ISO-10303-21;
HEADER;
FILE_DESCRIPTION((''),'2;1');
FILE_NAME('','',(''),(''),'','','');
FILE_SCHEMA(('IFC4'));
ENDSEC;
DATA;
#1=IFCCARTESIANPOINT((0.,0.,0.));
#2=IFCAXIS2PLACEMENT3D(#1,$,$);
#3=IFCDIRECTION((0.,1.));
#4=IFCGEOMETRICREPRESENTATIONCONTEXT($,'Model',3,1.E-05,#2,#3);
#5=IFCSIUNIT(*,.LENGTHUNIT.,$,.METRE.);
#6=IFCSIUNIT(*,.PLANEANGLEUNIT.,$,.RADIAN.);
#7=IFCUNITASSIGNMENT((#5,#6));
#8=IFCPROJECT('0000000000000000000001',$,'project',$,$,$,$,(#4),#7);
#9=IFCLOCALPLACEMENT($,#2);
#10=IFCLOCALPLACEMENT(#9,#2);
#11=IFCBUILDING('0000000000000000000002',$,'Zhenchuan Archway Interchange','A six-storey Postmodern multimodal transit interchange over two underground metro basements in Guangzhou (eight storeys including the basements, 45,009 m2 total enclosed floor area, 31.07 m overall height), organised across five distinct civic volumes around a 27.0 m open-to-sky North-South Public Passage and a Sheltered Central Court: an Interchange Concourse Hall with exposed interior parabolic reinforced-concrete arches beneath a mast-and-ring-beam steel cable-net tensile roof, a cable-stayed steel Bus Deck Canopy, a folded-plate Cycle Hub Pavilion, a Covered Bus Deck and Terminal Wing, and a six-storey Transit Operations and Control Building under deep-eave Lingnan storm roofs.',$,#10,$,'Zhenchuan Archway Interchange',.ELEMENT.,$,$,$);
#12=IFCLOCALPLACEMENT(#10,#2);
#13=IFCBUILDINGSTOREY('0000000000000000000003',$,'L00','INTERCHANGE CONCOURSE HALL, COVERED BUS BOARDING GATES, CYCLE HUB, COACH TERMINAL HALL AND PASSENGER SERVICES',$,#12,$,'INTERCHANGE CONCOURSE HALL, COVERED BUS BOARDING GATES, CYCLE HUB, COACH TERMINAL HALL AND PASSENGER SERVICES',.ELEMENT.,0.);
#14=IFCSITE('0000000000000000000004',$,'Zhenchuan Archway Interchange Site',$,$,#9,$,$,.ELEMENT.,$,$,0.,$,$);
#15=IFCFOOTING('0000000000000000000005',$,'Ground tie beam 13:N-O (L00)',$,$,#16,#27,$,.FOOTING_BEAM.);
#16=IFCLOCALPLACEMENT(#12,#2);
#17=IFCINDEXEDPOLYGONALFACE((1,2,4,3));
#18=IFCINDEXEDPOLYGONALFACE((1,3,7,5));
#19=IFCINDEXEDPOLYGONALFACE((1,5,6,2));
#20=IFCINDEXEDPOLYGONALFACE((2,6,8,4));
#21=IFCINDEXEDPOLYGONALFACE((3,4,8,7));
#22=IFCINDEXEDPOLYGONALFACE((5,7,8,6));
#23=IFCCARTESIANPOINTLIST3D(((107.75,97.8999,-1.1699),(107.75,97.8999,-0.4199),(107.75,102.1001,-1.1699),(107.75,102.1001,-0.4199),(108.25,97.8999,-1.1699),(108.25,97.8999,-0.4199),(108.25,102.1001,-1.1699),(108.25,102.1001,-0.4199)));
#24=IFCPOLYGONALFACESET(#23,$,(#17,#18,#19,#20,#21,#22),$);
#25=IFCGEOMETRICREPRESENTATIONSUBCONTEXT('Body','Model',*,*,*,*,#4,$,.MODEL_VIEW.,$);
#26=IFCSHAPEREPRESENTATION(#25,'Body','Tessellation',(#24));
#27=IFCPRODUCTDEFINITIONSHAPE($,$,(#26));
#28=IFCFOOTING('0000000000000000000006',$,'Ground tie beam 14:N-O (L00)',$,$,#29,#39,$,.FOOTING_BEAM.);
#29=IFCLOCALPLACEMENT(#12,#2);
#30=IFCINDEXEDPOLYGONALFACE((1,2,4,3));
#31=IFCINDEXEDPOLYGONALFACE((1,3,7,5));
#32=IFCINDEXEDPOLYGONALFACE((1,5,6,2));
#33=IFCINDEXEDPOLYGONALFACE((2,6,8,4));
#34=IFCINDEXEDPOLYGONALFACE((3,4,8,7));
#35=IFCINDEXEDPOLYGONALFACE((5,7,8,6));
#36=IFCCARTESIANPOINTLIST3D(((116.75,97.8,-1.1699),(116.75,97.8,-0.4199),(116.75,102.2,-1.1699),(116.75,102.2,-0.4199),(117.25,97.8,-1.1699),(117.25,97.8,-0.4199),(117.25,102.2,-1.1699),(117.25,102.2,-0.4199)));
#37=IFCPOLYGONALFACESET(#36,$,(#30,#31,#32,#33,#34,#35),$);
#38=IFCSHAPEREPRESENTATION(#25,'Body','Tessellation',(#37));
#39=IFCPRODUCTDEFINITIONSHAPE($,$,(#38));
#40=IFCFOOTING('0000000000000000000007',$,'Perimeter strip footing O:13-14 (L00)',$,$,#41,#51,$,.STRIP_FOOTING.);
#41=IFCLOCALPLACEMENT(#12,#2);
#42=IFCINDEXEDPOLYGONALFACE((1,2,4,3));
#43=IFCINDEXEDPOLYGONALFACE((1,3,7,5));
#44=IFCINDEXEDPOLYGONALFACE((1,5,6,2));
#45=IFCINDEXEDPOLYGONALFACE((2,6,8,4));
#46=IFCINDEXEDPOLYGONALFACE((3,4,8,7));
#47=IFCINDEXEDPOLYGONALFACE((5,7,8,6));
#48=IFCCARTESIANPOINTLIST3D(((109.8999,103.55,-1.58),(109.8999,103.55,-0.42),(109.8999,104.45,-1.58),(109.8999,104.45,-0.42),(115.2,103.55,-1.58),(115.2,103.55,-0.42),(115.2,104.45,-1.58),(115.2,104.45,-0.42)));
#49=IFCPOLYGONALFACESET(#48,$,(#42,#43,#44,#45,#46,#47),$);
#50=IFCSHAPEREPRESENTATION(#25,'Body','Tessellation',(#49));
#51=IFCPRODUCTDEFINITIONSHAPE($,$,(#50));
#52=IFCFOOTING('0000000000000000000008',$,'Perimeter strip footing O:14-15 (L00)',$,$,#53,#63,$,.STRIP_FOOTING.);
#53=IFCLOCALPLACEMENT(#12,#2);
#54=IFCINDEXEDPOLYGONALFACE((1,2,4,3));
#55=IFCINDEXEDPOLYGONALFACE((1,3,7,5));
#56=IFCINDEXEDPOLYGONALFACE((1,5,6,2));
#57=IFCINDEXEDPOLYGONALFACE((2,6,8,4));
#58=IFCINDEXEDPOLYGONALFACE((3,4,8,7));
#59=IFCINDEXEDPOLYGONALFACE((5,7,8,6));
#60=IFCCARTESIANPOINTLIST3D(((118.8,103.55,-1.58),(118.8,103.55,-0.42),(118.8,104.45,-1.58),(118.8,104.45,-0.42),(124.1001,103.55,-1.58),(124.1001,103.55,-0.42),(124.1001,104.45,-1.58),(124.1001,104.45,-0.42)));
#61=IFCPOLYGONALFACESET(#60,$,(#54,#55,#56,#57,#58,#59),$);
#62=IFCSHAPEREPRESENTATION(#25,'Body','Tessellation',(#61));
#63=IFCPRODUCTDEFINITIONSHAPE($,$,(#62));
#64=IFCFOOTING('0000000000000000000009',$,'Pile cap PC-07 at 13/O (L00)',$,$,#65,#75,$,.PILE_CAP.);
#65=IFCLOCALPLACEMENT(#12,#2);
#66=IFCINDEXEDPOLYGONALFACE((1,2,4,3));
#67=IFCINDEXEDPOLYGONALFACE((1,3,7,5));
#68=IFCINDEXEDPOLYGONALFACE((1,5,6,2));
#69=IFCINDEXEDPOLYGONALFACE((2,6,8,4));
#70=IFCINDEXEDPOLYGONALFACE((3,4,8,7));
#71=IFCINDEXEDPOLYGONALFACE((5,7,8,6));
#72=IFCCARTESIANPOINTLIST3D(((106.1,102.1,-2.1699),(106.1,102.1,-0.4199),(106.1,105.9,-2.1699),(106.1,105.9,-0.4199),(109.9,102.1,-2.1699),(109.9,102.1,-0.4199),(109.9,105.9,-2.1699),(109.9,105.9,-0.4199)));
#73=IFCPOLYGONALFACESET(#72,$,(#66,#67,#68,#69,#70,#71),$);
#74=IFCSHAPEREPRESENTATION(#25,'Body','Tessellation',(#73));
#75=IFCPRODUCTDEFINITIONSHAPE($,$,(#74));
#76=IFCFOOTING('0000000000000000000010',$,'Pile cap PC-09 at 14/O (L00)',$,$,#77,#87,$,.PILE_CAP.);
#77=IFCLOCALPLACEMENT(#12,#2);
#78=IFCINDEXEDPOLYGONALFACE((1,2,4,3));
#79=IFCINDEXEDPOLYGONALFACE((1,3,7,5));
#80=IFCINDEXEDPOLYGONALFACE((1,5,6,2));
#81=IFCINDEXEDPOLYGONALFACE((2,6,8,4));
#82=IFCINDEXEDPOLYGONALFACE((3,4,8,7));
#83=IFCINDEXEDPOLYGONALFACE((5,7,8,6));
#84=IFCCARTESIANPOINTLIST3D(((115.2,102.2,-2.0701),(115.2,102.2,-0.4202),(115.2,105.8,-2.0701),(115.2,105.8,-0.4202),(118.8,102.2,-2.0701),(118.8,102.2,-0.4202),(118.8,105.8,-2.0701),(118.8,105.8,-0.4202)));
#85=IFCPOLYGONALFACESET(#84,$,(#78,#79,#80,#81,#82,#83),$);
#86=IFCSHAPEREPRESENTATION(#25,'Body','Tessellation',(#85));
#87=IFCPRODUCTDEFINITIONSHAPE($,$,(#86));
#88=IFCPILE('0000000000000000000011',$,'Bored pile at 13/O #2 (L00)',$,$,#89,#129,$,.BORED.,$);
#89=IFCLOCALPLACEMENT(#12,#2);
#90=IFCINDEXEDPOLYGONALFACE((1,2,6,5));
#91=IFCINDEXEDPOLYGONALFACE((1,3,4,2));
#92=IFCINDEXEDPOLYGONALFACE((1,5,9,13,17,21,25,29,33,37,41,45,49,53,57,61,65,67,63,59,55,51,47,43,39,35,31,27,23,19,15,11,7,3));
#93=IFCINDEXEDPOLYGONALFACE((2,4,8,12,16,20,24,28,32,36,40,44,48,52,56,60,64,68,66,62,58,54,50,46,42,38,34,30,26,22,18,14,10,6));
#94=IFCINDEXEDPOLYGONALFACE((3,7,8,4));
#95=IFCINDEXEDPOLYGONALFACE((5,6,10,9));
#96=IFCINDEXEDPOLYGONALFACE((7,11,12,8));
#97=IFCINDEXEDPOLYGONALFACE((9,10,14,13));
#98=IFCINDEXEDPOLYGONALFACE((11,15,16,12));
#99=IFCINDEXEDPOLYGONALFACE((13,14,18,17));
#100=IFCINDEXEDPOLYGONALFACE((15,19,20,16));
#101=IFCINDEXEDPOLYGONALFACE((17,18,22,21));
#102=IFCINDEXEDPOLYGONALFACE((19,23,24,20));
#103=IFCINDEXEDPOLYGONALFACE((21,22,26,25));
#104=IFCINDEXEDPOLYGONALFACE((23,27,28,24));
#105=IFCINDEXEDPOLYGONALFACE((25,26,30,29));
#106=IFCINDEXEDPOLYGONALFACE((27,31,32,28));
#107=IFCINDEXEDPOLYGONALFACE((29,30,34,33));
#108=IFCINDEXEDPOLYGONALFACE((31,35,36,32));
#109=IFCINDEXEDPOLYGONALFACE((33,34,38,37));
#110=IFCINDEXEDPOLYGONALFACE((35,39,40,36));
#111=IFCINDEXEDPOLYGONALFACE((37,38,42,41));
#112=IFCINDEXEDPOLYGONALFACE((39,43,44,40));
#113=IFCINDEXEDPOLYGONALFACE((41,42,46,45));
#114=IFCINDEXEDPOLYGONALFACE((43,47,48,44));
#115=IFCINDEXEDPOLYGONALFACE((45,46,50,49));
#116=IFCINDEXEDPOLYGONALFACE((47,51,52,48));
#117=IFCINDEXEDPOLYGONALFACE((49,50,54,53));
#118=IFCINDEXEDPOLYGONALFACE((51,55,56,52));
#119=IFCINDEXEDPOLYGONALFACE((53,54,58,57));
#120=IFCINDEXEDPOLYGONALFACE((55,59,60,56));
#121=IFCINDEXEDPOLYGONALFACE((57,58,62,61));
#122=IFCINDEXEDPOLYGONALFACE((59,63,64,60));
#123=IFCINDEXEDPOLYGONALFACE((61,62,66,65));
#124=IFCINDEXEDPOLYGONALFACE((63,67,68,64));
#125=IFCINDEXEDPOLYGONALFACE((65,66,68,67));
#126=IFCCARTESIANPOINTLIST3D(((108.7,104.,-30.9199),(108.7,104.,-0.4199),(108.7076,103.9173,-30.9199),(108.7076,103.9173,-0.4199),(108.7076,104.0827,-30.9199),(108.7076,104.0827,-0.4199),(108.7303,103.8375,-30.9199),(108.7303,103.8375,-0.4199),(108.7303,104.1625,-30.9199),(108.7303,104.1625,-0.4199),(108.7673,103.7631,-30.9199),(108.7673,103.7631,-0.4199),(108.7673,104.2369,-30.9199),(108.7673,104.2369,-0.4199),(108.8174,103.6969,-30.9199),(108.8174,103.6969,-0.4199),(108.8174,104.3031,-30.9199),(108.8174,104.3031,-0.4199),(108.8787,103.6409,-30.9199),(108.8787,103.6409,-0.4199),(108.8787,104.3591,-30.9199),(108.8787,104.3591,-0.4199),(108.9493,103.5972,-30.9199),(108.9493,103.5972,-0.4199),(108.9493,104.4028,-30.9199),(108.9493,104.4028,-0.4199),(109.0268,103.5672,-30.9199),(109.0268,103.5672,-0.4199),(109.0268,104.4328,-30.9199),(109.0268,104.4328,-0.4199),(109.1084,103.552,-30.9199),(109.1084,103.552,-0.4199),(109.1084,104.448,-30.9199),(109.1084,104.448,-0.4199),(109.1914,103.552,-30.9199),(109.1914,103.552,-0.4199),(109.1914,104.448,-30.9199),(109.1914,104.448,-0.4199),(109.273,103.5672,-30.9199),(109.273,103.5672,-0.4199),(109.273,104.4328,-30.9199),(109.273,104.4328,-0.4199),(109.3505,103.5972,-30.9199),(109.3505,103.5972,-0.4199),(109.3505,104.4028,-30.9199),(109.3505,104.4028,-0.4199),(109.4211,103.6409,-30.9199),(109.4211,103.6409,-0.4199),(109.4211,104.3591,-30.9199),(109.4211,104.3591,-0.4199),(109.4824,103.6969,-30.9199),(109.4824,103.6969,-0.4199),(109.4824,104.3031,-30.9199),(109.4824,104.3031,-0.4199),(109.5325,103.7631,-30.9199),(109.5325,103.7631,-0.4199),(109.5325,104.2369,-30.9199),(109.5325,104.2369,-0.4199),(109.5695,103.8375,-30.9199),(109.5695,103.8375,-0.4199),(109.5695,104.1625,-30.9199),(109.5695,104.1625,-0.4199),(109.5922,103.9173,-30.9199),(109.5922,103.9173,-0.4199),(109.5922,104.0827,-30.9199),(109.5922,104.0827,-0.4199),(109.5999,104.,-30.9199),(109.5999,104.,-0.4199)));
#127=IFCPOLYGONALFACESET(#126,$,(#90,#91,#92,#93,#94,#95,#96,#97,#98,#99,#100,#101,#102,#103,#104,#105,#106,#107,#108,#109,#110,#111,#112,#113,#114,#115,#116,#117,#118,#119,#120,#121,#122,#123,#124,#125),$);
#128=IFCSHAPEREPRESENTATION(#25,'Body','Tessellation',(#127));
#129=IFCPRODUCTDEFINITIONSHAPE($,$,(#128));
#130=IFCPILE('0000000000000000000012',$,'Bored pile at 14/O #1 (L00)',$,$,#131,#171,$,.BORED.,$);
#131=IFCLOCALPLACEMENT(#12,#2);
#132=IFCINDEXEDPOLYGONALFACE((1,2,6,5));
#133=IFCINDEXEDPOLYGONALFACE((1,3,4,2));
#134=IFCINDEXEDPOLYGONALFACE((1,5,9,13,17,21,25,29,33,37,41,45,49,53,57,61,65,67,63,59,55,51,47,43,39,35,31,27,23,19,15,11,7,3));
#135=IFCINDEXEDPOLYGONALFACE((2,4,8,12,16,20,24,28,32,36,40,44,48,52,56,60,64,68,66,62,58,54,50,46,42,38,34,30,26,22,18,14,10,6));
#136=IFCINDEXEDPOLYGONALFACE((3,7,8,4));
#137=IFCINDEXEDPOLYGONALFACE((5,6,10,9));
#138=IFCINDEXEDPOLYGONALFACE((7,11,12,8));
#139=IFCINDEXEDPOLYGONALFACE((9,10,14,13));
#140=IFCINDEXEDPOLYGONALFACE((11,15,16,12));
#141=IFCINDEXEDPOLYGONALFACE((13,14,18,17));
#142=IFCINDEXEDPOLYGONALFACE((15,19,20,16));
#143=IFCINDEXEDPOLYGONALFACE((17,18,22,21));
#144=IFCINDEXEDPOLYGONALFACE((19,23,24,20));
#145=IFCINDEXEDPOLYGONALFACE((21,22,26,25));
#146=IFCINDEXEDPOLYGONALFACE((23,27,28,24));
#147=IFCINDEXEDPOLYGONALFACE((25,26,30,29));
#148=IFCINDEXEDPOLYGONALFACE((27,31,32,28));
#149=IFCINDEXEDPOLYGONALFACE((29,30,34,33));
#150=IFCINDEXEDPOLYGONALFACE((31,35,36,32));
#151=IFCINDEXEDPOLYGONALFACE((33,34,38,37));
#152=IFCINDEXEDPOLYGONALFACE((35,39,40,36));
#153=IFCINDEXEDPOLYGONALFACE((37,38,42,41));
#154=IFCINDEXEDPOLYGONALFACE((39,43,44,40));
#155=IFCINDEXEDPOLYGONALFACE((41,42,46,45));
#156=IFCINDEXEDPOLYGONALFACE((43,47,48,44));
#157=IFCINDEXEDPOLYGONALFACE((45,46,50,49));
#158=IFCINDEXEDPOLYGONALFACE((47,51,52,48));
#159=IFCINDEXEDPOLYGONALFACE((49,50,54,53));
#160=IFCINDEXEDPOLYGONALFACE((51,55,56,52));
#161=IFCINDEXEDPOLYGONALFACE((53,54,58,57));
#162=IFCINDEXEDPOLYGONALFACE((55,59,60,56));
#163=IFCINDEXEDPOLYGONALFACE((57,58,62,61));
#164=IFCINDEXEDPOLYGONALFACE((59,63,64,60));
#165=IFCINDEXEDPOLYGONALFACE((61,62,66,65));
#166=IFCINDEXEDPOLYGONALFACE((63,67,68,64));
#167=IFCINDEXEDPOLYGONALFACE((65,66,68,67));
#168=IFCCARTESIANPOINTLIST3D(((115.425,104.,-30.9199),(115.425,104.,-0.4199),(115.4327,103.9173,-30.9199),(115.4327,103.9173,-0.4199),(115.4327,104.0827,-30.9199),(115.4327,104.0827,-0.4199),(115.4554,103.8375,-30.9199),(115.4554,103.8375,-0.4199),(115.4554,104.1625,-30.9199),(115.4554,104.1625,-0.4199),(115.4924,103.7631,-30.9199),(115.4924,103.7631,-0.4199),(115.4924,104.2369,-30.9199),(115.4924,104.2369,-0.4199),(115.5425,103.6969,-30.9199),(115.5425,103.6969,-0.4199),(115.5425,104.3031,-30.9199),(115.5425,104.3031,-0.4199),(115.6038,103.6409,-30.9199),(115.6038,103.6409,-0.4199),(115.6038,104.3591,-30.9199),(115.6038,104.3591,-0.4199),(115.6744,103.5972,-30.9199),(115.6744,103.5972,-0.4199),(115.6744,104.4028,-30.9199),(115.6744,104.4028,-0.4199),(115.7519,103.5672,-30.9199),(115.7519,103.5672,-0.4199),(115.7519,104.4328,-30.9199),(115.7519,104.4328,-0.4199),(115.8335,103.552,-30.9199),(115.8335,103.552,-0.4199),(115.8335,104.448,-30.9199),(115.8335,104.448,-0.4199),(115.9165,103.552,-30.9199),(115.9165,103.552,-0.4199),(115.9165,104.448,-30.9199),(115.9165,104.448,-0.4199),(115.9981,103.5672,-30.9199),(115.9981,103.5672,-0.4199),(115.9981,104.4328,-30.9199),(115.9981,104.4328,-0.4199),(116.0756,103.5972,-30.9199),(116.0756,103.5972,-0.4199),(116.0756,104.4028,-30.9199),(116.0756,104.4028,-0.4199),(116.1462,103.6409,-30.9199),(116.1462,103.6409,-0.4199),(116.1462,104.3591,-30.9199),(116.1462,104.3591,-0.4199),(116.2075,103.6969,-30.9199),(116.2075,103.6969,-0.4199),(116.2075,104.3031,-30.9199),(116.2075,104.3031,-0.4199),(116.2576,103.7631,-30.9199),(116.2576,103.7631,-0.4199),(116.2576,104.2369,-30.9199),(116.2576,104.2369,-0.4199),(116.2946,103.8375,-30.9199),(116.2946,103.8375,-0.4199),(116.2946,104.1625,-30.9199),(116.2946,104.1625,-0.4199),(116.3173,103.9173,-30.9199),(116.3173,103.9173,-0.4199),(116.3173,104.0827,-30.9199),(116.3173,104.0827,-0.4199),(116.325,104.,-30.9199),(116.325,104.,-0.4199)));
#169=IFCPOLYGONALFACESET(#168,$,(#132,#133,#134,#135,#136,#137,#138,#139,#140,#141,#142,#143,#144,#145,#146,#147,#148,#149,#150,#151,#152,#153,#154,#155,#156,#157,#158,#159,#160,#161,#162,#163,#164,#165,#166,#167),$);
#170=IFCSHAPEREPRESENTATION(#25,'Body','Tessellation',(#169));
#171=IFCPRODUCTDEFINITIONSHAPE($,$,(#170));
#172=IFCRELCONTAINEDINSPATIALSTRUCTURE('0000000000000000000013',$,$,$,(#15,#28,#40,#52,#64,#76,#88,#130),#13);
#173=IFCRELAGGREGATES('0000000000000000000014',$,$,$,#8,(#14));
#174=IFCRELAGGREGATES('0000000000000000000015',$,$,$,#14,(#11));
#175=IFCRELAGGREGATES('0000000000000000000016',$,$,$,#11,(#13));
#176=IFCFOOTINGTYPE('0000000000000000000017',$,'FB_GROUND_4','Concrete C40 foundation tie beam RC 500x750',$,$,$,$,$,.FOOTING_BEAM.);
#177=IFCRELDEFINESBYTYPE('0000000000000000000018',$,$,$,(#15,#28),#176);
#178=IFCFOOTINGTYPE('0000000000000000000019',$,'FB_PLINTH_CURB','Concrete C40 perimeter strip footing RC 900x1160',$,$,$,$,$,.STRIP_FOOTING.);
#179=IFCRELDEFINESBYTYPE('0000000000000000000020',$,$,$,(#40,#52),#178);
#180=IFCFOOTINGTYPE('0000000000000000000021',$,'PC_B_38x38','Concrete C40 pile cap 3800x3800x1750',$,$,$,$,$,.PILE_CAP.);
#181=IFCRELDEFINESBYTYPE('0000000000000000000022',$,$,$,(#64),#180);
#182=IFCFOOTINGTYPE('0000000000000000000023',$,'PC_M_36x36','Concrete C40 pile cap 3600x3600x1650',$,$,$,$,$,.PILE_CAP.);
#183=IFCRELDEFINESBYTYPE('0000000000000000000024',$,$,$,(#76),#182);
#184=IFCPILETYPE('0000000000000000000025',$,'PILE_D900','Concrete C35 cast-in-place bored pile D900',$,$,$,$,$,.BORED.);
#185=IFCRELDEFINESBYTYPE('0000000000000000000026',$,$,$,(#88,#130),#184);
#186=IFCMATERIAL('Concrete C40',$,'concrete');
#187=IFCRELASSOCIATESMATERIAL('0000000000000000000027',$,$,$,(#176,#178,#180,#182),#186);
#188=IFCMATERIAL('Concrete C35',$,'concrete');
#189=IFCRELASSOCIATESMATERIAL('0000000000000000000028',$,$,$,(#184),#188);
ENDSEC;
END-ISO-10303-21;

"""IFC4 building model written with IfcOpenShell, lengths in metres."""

from ifc_helpers import new_model, si_unit, direction, frame, origin, origin_2d, place, context, subcontext, project, spatial, rectangle, circle, extrude, material, material_profile, profile_set, type_object, element, save


model = new_model("IFC4")

# Units and contexts
model_context = context("Model", 3, precision=1e-05, world=origin(), true_north=direction((0.0, 1.0)))
body_context = subcontext(model_context, "Body", "Model", "MODEL_VIEW")
ifc_project = project(units=[si_unit("LENGTHUNIT", "METRE"), si_unit("PLANEANGLEUNIT", "RADIAN")], contexts=[model_context])

# Site, building, storey
site_placement = place(None, origin())
site = spatial("IfcSite", under=ifc_project, at=site_placement, Name="Zhenchuan Archway Interchange Site", CompositionType="ELEMENT", RefElevation=0.0)
building_placement = place(site_placement, origin())
building = spatial("IfcBuilding", under=site, at=building_placement, Name="Zhenchuan Archway Interchange", Description="A six-storey Postmodern multimodal transit interchange over two underground metro basements in Guangzhou (eight storeys including the basements, 45,009 m2 total enclosed floor area, 31.07 m overall height), organised across five distinct civic volumes around a 27.0 m open-to-sky North-South Public Passage and a Sheltered Central Court: an Interchange Concourse Hall with exposed interior parabolic reinforced-concrete arches beneath a mast-and-ring-beam steel cable-net tensile roof, a cable-stayed steel Bus Deck Canopy, a folded-plate Cycle Hub Pavilion, a Covered Bus Deck and Terminal Wing, and a six-storey Transit Operations and Control Building under deep-eave Lingnan storm roofs.", LongName="Zhenchuan Archway Interchange", CompositionType="ELEMENT")
storey_placement = place(building_placement, origin())
storey = spatial("IfcBuildingStorey", under=building, at=storey_placement, Name="L00", Description="INTERCHANGE CONCOURSE HALL, COVERED BUS BOARDING GATES, CYCLE HUB, COACH TERMINAL HALL AND PASSENGER SERVICES", LongName="INTERCHANGE CONCOURSE HALL, COVERED BUS BOARDING GATES, CYCLE HUB, COACH TERMINAL HALL AND PASSENGER SERVICES", CompositionType="ELEMENT", Elevation=0.0)

# Footings
ifc_material_1 = material(Name="Concrete C40", Category="concrete")
ifc_material_profile_1 = material_profile(ifc_material_1, rectangle(XDim=0.5, YDim=0.75, at=origin_2d()), Name="RC 500x750")
ifc_profile_set_1 = profile_set([ifc_material_profile_1], Name="Concrete C40")
footing_type_1 = type_object("IfcFootingType", Name="FB_GROUND_4", Description="Concrete C40 foundation tie beam RC 500x750", PredefinedType="FOOTING_BEAM", material=ifc_profile_set_1)
footing_1_placement = place(storey_placement, frame((108.0, 97.8999, -0.7949), z_axis=(0.0, 1.0, 0.0), x_axis=(-1.0, 0.0, 0.0)))
element("IfcFooting", 1, at=footing_1_placement, inside=storey, type_object=footing_type_1, Name="Ground tie beam 13:N-O (L00)", PredefinedType="FOOTING_BEAM", context=body_context, shape_type="SweptSolid", body=[
    extrude(rectangle(XDim=0.5, YDim=0.75, at=origin_2d()), origin(), (0.0, 0.0, 1.0), 4.2002),
])
footing_2_placement = place(storey_placement, frame((117.0, 97.8, -0.7949), z_axis=(0.0, 1.0, 0.0), x_axis=(-1.0, 0.0, 0.0)))
element("IfcFooting", 2, at=footing_2_placement, inside=storey, type_object=footing_type_1, Name="Ground tie beam 14:N-O (L00)", PredefinedType="FOOTING_BEAM", context=body_context, shape_type="SweptSolid", body=[
    extrude(rectangle(XDim=0.5, YDim=0.75, at=origin_2d()), origin(), (0.0, 0.0, 1.0), 4.3999),
])
ifc_material_profile_2 = material_profile(ifc_material_1, rectangle(XDim=0.8999, YDim=1.1599, at=origin_2d()), Name="RC 900x1160")
ifc_profile_set_2 = profile_set([ifc_material_profile_2], Name="Concrete C40")
footing_type_2 = type_object("IfcFootingType", Name="FB_PLINTH_CURB", Description="Concrete C40 perimeter strip footing RC 900x1160", PredefinedType="STRIP_FOOTING", material=ifc_profile_set_2)
for number, where, z_axis, x_axis, name in (
    (3, (109.8999, 104.0, -1.0), (1.0, 0.0, 0.0), (0.0, 1.0, 0.0), "Perimeter strip footing O:13-14 (L00)"),
    (4, (118.8, 104.0, -1.0), (1.0, 0.0, 0.0), (0.0, 1.0, 0.0), "Perimeter strip footing O:14-15 (L00)"),
):
    element("IfcFooting", number, at=place(storey_placement, frame(where, z_axis=z_axis, x_axis=x_axis)), inside=storey, type_object=footing_type_2, Name=name, PredefinedType="STRIP_FOOTING", context=body_context, shape_type="SweptSolid", body=[
        extrude(rectangle(XDim=0.8999, YDim=1.1599, at=origin_2d()), origin(), (0.0, 0.0, 1.0), 5.3),
    ])
footing_type_3 = type_object("IfcFootingType", Name="PC_B_38x38", Description="Concrete C40 pile cap 3800x3800x1750", PredefinedType="PILE_CAP", material=ifc_material_1)
footing_3_placement = place(storey_placement, frame((108.0, 104.0, -2.1699), z_axis=(0.0, 0.0, 1.0), x_axis=(1.0, 0.0, 0.0)))
element("IfcFooting", 5, at=footing_3_placement, inside=storey, type_object=footing_type_3, Name="Pile cap PC-07 at 13/O (L00)", PredefinedType="PILE_CAP", context=body_context, shape_type="SweptSolid", body=[
    extrude(rectangle(XDim=3.8, YDim=3.8, at=origin_2d()), origin(), (0.0, 0.0, 1.0), 1.75),
])
footing_type_4 = type_object("IfcFootingType", Name="PC_M_36x36", Description="Concrete C40 pile cap 3600x3600x1650", PredefinedType="PILE_CAP", material=ifc_material_1)
footing_4_placement = place(storey_placement, frame((117.0, 104.0, -2.0701), z_axis=(0.0, 0.0, 1.0), x_axis=(1.0, 0.0, 0.0)))
element("IfcFooting", 6, at=footing_4_placement, inside=storey, type_object=footing_type_4, Name="Pile cap PC-09 at 14/O (L00)", PredefinedType="PILE_CAP", context=body_context, shape_type="SweptSolid", body=[
    extrude(rectangle(XDim=3.6001, YDim=3.6001, at=origin_2d()), origin(), (0.0, 0.0, 1.0), 1.6499),
])

# Piles
ifc_material_2 = material(Name="Concrete C35", Category="concrete")
ifc_material_profile_3 = material_profile(ifc_material_2, circle(Radius=0.45, at=origin_2d()), Name="BORED PILE 900")
ifc_profile_set_3 = profile_set([ifc_material_profile_3], Name="Concrete C35")
pile_type = type_object("IfcPileType", Name="PILE_D900", Description="Concrete C35 cast-in-place bored pile D900", PredefinedType="BORED", material=ifc_profile_set_3)
for number, where, z_axis, x_axis, name in (
    (7, (109.1499, 104.0, -0.4199), (0.0, 0.0, -1.0), (1.0, 0.0, 0.0), "Bored pile at 13/O #2 (L00)"),
    (8, (115.875, 104.0, -0.4199), (0.0, 0.0, -1.0), (1.0, 0.0, 0.0), "Bored pile at 14/O #1 (L00)"),
):
    element("IfcPile", number, at=place(storey_placement, frame(where, z_axis=z_axis, x_axis=x_axis)), inside=storey, type_object=pile_type, Name=name, PredefinedType="BORED", context=body_context, shape_type="SweptSolid", body=[
        extrude(circle(Radius=0.45, at=origin_2d()), origin(), (0.0, 0.0, 1.0), 30.5),
    ])

save(model, "model.ifc")
